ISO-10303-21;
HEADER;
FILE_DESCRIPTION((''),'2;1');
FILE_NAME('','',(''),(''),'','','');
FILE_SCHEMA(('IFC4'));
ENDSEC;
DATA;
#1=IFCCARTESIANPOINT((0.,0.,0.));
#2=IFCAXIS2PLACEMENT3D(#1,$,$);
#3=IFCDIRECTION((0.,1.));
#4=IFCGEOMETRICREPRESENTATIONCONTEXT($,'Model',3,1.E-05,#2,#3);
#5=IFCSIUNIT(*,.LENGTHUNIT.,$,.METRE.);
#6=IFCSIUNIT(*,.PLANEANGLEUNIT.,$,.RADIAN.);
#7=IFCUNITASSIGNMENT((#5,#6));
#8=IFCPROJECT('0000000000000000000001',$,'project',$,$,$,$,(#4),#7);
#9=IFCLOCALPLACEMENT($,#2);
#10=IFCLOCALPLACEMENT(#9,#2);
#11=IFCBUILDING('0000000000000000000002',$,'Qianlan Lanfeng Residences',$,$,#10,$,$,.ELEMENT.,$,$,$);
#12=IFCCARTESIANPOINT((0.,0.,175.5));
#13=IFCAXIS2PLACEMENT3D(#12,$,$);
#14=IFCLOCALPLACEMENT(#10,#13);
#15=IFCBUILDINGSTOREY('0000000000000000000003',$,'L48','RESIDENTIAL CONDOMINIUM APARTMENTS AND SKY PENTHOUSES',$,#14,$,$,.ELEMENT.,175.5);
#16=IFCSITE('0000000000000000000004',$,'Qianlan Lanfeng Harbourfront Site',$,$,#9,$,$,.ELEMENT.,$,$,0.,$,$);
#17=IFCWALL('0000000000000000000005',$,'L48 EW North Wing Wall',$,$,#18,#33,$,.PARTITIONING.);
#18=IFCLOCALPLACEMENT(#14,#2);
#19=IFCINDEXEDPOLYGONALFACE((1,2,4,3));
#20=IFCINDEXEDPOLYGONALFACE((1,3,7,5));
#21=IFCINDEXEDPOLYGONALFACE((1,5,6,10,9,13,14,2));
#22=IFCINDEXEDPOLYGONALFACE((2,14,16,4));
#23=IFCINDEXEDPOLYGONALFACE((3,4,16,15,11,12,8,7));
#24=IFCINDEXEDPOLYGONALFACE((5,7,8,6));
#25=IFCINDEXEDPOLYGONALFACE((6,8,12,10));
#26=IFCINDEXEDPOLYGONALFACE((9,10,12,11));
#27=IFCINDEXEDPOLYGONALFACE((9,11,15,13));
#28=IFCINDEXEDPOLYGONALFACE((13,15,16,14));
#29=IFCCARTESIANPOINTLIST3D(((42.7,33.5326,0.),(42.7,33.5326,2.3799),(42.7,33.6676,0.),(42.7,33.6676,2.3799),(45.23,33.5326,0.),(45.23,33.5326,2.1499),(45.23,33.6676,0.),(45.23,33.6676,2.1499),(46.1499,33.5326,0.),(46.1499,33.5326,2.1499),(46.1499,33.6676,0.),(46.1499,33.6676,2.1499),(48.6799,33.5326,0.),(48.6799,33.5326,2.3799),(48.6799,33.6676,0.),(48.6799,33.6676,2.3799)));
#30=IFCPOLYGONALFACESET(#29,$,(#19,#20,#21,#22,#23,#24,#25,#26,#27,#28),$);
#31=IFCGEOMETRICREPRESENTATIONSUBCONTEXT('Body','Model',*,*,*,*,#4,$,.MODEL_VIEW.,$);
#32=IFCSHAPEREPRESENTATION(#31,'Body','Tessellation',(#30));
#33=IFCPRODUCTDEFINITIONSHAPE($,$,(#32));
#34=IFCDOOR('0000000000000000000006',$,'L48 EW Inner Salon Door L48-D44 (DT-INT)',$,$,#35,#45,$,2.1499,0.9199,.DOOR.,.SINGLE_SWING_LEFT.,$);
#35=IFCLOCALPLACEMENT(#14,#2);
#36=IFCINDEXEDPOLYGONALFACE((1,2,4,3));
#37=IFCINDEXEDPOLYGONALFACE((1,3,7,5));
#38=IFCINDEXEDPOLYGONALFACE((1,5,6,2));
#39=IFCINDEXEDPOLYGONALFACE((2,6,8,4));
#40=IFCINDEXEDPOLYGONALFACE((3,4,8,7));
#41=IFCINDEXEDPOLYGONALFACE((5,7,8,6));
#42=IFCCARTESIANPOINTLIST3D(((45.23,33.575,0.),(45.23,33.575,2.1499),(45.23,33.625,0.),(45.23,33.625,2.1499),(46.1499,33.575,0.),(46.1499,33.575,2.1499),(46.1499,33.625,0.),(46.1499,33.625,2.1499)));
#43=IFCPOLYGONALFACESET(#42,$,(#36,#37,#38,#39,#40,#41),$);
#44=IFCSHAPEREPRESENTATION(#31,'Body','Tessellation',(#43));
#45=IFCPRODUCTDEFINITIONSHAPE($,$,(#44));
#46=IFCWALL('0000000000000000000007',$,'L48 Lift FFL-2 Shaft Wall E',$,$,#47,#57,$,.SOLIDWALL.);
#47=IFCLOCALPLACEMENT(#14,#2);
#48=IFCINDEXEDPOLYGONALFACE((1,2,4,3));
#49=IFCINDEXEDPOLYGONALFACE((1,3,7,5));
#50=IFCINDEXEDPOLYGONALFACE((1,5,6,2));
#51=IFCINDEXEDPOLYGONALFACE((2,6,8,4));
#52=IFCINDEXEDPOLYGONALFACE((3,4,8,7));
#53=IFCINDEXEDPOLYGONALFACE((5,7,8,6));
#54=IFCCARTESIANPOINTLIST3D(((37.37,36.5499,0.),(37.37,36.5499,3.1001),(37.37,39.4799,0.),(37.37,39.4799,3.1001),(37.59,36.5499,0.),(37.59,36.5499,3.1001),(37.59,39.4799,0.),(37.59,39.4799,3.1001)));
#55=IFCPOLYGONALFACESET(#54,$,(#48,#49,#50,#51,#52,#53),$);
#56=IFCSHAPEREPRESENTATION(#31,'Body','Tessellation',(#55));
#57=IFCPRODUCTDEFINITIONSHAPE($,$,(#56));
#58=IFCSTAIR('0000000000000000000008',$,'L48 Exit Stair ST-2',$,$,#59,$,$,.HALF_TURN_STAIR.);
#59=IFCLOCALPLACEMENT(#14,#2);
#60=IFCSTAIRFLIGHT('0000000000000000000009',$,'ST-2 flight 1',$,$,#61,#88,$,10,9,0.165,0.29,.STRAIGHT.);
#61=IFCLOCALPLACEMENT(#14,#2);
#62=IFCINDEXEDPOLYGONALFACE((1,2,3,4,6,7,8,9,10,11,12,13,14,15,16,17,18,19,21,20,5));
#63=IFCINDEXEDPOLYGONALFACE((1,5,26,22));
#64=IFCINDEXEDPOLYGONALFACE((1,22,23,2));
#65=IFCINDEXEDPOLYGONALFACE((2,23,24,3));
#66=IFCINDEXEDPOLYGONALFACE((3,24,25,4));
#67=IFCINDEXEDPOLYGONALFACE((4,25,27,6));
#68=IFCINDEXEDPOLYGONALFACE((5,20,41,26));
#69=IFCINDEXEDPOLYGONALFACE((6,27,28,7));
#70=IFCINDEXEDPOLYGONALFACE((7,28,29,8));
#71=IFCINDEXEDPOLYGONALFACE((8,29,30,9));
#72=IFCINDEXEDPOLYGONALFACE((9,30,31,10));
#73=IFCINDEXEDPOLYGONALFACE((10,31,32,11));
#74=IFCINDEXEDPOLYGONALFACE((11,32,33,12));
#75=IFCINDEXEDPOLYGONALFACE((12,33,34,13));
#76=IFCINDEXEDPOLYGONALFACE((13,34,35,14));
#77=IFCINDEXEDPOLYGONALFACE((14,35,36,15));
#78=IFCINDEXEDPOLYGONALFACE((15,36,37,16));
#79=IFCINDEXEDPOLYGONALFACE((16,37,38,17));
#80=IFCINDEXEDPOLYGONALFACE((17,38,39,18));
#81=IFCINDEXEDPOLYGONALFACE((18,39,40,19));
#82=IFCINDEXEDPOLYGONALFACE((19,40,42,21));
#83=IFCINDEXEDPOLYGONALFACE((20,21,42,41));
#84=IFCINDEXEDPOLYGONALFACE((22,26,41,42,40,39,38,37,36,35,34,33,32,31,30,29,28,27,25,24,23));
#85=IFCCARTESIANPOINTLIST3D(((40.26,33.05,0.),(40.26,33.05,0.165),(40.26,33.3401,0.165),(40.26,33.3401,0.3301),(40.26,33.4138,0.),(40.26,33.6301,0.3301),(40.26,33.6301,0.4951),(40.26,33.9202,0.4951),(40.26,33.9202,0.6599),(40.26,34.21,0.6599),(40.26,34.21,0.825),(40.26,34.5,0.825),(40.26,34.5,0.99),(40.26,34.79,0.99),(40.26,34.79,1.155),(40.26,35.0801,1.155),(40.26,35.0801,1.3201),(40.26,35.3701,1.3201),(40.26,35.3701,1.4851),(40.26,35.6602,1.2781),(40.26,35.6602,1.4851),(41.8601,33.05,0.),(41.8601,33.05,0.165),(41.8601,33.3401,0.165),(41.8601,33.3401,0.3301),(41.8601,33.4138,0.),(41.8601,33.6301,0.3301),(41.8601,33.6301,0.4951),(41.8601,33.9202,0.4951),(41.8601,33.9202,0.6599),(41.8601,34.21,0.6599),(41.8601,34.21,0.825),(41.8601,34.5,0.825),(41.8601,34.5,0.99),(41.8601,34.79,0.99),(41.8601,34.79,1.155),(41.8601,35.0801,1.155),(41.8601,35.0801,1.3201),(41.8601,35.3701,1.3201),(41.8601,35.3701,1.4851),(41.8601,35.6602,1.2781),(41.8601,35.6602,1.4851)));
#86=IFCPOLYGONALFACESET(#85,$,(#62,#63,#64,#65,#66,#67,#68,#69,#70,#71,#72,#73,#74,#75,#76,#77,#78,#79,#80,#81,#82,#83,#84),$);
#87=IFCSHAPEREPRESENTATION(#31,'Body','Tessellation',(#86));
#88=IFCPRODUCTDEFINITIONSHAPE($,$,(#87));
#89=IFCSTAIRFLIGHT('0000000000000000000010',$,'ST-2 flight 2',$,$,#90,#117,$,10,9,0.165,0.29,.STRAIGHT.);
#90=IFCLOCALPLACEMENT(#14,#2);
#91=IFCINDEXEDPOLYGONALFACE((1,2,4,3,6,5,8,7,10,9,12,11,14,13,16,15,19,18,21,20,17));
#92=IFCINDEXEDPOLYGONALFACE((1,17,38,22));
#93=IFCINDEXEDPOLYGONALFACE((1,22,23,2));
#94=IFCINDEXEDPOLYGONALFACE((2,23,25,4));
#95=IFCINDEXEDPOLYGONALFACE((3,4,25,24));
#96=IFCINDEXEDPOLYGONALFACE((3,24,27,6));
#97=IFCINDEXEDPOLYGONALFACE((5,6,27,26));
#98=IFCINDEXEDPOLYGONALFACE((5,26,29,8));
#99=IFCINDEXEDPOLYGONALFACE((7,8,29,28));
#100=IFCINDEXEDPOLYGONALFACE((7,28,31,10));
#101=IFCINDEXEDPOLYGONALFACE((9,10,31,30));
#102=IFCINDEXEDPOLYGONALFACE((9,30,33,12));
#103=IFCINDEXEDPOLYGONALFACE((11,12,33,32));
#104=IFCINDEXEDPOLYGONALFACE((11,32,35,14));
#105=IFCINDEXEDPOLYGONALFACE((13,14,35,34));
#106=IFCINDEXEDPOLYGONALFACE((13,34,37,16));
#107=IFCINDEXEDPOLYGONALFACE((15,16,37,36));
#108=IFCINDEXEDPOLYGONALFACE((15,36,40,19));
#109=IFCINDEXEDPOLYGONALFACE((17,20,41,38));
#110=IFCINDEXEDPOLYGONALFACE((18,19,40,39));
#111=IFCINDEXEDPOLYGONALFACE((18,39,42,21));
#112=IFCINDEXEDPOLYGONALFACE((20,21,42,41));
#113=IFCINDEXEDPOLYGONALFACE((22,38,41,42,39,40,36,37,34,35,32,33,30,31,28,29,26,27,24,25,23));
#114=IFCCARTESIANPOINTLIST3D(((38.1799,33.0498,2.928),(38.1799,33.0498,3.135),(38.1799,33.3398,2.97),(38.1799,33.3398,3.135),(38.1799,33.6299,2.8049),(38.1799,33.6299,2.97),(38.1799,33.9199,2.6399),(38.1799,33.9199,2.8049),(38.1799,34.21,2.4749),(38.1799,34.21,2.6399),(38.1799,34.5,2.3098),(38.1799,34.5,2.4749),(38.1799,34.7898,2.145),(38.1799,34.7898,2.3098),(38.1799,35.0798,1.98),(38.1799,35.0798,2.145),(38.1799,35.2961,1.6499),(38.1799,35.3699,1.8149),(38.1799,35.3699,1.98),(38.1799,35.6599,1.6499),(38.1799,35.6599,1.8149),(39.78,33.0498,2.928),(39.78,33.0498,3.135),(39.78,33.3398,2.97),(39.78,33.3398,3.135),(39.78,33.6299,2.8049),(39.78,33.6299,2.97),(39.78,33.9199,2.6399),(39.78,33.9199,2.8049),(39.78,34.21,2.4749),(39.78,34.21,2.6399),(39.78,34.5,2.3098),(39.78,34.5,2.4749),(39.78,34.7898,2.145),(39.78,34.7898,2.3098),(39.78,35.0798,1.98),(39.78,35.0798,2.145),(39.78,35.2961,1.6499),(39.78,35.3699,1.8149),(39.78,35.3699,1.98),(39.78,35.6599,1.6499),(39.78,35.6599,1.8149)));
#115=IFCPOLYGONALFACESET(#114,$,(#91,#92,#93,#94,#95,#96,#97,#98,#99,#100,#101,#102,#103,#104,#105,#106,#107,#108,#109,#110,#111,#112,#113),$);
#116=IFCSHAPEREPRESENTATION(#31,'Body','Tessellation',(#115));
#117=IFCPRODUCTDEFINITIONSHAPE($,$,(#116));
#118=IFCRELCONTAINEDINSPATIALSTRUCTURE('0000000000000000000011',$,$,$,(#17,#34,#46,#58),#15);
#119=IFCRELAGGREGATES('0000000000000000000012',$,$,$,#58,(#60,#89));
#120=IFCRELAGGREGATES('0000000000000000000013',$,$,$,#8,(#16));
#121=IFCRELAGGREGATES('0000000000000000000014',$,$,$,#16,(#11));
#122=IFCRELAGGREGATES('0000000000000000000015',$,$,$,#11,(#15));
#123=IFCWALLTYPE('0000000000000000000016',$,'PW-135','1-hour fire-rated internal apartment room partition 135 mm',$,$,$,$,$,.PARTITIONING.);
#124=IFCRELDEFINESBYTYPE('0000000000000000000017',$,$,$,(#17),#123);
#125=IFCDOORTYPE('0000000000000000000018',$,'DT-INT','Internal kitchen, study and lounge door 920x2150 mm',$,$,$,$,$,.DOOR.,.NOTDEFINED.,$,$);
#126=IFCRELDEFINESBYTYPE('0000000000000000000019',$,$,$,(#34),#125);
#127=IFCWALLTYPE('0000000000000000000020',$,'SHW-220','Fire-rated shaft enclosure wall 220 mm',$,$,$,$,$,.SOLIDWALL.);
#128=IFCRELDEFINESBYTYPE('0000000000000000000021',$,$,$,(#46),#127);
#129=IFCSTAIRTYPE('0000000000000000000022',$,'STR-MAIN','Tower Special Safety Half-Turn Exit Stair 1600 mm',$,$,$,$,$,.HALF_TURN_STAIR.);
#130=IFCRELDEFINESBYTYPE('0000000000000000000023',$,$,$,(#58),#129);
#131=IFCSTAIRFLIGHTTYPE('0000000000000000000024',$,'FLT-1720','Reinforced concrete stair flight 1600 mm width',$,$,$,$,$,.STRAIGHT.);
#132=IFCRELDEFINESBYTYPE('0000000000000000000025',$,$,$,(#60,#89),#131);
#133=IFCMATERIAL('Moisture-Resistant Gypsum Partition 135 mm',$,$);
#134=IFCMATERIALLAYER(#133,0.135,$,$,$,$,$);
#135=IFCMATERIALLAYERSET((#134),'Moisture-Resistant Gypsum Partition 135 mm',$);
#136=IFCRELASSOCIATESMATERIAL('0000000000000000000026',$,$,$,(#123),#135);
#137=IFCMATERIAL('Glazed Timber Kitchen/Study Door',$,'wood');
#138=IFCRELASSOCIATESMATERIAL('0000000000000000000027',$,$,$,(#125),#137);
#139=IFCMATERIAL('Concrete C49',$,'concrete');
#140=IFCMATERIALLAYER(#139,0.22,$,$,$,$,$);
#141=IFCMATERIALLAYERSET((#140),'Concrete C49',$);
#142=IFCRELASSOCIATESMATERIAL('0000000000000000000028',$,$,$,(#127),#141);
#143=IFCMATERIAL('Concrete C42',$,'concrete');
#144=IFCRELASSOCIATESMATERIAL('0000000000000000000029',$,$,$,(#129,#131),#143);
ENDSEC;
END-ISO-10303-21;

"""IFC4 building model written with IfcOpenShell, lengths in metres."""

from ifc_helpers import new_model, si_unit, direction, frame, frame_2d, origin, place, context, subcontext, project, spatial, polyline, rectangle, outline, extrude, material, layer, layer_set, type_object, element, fill, aggregate, save


model = new_model("IFC4")

# Units and contexts
model_context = context("Model", 3, precision=1e-05, world=origin(), true_north=direction((0.0, 1.0)))
body_context = subcontext(model_context, "Body", "Model", "MODEL_VIEW")
ifc_project = project(units=[si_unit("LENGTHUNIT", "METRE"), si_unit("PLANEANGLEUNIT", "RADIAN")], contexts=[model_context])

# Site, building, storey
site_placement = place(None, origin())
site = spatial("IfcSite", under=ifc_project, at=site_placement, Name="Qianlan Lanfeng Harbourfront Site", CompositionType="ELEMENT", RefElevation=0.0)
building_placement = place(site_placement, origin())
building = spatial("IfcBuilding", under=site, at=building_placement, Name="Qianlan Lanfeng Residences", CompositionType="ELEMENT")
storey_placement = place(building_placement, frame((0.0, 0.0, 175.5)))
storey = spatial("IfcBuildingStorey", under=building, at=storey_placement, Name="L48", Description="RESIDENTIAL CONDOMINIUM APARTMENTS AND SKY PENTHOUSES", CompositionType="ELEMENT", Elevation=175.5)

# Shared definitions
ifc_material_1 = material(Name="Concrete C42", Category="concrete")

# Wall, opening, door
ifc_material_2 = material(Name="Moisture-Resistant Gypsum Partition 135 mm")
ifc_layer_1 = layer(ifc_material_2, 0.135)
ifc_layer_set_1 = layer_set([ifc_layer_1], Name="Moisture-Resistant Gypsum Partition 135 mm")
wall_type_1 = type_object("IfcWallType", Name="PW-135", Description="1-hour fire-rated internal apartment room partition 135 mm", PredefinedType="PARTITIONING", material=ifc_layer_set_1)
wall_1_placement = place(storey_placement, frame((42.7, 33.6001, 0.0), z_axis=(0.0, 0.0, 1.0), x_axis=(1.0, 0.0, 0.0)))
wall_1 = element("IfcWall", 1, at=wall_1_placement, inside=storey, type_object=wall_type_1, Name="L48 EW North Wing Wall", PredefinedType="PARTITIONING", context=body_context, shape_type="SweptSolid", body=[
    extrude(rectangle(XDim=5.98, YDim=0.135, at=frame_2d((2.99, 0.0))), origin(), (0.0, 0.0, 1.0), 2.3799),
])
opening_1_placement = place(wall_1_placement, frame((2.53, 0.0, 0.0)))
opening_1 = element("IfcOpeningElement", 2, at=opening_1_placement, cuts=wall_1, PredefinedType="OPENING", context=body_context, shape_type="SweptSolid", body=[
    extrude(rectangle(XDim=0.9199, YDim=2.1499, at=frame_2d((0.46, 1.075))), frame((0.0, 0.0776, 0.0), z_axis=(0.0, -1.0, 0.0), x_axis=(1.0, 0.0, 0.0)), (0.0, 0.0, 1.0), 0.155),
])
ifc_material_3 = material(Name="Glazed Timber Kitchen/Study Door", Category="wood")
door_type_1 = type_object("IfcDoorType", Name="DT-INT", Description="Internal kitchen, study and lounge door 920x2150 mm", OperationType="NOTDEFINED", PredefinedType="DOOR", material=ifc_material_3)
door_1_placement = place(opening_1_placement, origin())
door_1 = element("IfcDoor", 3, at=door_1_placement, inside=storey, type_object=door_type_1, Name="L48 EW Inner Salon Door L48-D44 (DT-INT)", OperationType="SINGLE_SWING_LEFT", OverallHeight=2.1499, OverallWidth=0.9199, PredefinedType="DOOR", context=body_context, shape_type="SweptSolid", body=[
    extrude(rectangle(XDim=0.9199, YDim=2.1499, at=frame_2d((0.46, 1.075))), frame((0.0, 0.0249, 0.0), z_axis=(0.0, -1.0, 0.0), x_axis=(1.0, 0.0, 0.0)), (0.0, 0.0, 1.0), 0.05),
])
fill(opening_1, door_1)

# Wall
ifc_material_4 = material(Name="Concrete C49", Category="concrete")
ifc_layer_2 = layer(ifc_material_4, 0.22)
ifc_layer_set_2 = layer_set([ifc_layer_2], Name="Concrete C49")
wall_type_2 = type_object("IfcWallType", Name="SHW-220", Description="Fire-rated shaft enclosure wall 220 mm", PredefinedType="SOLIDWALL", material=ifc_layer_set_2)
wall_2_placement = place(storey_placement, frame((37.48, 36.55, 0.0), z_axis=(0.0, 0.0, 1.0), x_axis=(0.0, 1.0, 0.0)))
element("IfcWall", 4, at=wall_2_placement, inside=storey, type_object=wall_type_2, Name="L48 Lift FFL-2 Shaft Wall E", PredefinedType="SOLIDWALL", context=body_context, shape_type="SweptSolid", body=[
    extrude(rectangle(XDim=2.9299, YDim=0.22, at=frame_2d((1.4648, 0.0))), origin(), (0.0, 0.0, 1.0), 3.1001),
])

# Stair, stair flights
stair_type = type_object("IfcStairType", Name="STR-MAIN", Description="Tower Special Safety Half-Turn Exit Stair 1600 mm", PredefinedType="HALF_TURN_STAIR", material=ifc_material_1)
stair_placement = place(storey_placement, origin())
stair = element("IfcStair", 5, at=stair_placement, inside=storey, type_object=stair_type, Name="L48 Exit Stair ST-2", PredefinedType="HALF_TURN_STAIR")
stair_flight_type = type_object("IfcStairFlightType", Name="FLT-1720", Description="Reinforced concrete stair flight 1600 mm width", PredefinedType="STRAIGHT", material=ifc_material_1)
stair_flight_1_placement = place(storey_placement, frame((41.0601, 33.05, 0.0), z_axis=(0.0, 0.0, 1.0), x_axis=(0.0, 1.0, 0.0)))
stair_flight_1 = element("IfcStairFlight", 6, at=stair_flight_1_placement, type_object=stair_flight_type, Name="ST-2 flight 1", NumberOfRisers=10, NumberOfTreads=9, PredefinedType="STRAIGHT", RiserHeight=0.165, TreadLength=0.29, context=body_context, shape_type="SweptSolid", body=[
    extrude(outline(polyline([(0.0, 0.0), (0.0, 0.165), (0.29, 0.165), (0.29, 0.3301), (0.5801, 0.3301), (0.5801, 0.4951), (0.8701, 0.4951), (0.8701, 0.6599), (1.1599, 0.6599), (1.1599, 0.825), (1.45, 0.825), (1.45, 0.99), (1.74, 0.99), (1.74, 1.155), (2.03, 1.155), (2.03, 1.3201), (2.3201, 1.3201), (2.3201, 1.4851), (2.6101, 1.4851), (2.6101, 1.6499), (2.6101, 1.2781), (0.3638, 0.0), (0.0, 0.0)])), frame((0.0, 0.8, 0.0), z_axis=(0.0, -1.0, 0.0), x_axis=(1.0, 0.0, 0.0)), (0.0, 0.0, 1.0), 1.6001),
])
stair_flight_2_placement = place(storey_placement, frame((38.98, 35.6599, 1.6499), z_axis=(0.0, 0.0, 1.0), x_axis=(0.0, -1.0, 0.0)))
stair_flight_2 = element("IfcStairFlight", 7, at=stair_flight_2_placement, type_object=stair_flight_type, Name="ST-2 flight 2", NumberOfRisers=10, NumberOfTreads=9, PredefinedType="STRAIGHT", RiserHeight=0.165, TreadLength=0.29, context=body_context, shape_type="SweptSolid", body=[
    extrude(outline(polyline([(0.0, 0.0), (0.0, 0.165), (0.29, 0.165), (0.29, 0.3301), (0.5801, 0.3301), (0.5801, 0.4951), (0.8701, 0.4951), (0.8701, 0.6599), (1.1599, 0.6599), (1.1599, 0.825), (1.45, 0.825), (1.45, 0.99), (1.74, 0.99), (1.74, 1.155), (2.03, 1.155), (2.03, 1.3201), (2.3201, 1.3201), (2.3201, 1.4851), (2.6101, 1.4851), (2.6101, 1.6499), (2.6101, 1.2781), (0.3638, 0.0), (0.0, 0.0)])), frame((0.0, 0.8, 0.0), z_axis=(0.0, -1.0, 0.0), x_axis=(1.0, 0.0, 0.0)), (0.0, 0.0, 1.0), 1.6001),
])
aggregate(stair, [stair_flight_1, stair_flight_2])

save(model, "model.ifc")
